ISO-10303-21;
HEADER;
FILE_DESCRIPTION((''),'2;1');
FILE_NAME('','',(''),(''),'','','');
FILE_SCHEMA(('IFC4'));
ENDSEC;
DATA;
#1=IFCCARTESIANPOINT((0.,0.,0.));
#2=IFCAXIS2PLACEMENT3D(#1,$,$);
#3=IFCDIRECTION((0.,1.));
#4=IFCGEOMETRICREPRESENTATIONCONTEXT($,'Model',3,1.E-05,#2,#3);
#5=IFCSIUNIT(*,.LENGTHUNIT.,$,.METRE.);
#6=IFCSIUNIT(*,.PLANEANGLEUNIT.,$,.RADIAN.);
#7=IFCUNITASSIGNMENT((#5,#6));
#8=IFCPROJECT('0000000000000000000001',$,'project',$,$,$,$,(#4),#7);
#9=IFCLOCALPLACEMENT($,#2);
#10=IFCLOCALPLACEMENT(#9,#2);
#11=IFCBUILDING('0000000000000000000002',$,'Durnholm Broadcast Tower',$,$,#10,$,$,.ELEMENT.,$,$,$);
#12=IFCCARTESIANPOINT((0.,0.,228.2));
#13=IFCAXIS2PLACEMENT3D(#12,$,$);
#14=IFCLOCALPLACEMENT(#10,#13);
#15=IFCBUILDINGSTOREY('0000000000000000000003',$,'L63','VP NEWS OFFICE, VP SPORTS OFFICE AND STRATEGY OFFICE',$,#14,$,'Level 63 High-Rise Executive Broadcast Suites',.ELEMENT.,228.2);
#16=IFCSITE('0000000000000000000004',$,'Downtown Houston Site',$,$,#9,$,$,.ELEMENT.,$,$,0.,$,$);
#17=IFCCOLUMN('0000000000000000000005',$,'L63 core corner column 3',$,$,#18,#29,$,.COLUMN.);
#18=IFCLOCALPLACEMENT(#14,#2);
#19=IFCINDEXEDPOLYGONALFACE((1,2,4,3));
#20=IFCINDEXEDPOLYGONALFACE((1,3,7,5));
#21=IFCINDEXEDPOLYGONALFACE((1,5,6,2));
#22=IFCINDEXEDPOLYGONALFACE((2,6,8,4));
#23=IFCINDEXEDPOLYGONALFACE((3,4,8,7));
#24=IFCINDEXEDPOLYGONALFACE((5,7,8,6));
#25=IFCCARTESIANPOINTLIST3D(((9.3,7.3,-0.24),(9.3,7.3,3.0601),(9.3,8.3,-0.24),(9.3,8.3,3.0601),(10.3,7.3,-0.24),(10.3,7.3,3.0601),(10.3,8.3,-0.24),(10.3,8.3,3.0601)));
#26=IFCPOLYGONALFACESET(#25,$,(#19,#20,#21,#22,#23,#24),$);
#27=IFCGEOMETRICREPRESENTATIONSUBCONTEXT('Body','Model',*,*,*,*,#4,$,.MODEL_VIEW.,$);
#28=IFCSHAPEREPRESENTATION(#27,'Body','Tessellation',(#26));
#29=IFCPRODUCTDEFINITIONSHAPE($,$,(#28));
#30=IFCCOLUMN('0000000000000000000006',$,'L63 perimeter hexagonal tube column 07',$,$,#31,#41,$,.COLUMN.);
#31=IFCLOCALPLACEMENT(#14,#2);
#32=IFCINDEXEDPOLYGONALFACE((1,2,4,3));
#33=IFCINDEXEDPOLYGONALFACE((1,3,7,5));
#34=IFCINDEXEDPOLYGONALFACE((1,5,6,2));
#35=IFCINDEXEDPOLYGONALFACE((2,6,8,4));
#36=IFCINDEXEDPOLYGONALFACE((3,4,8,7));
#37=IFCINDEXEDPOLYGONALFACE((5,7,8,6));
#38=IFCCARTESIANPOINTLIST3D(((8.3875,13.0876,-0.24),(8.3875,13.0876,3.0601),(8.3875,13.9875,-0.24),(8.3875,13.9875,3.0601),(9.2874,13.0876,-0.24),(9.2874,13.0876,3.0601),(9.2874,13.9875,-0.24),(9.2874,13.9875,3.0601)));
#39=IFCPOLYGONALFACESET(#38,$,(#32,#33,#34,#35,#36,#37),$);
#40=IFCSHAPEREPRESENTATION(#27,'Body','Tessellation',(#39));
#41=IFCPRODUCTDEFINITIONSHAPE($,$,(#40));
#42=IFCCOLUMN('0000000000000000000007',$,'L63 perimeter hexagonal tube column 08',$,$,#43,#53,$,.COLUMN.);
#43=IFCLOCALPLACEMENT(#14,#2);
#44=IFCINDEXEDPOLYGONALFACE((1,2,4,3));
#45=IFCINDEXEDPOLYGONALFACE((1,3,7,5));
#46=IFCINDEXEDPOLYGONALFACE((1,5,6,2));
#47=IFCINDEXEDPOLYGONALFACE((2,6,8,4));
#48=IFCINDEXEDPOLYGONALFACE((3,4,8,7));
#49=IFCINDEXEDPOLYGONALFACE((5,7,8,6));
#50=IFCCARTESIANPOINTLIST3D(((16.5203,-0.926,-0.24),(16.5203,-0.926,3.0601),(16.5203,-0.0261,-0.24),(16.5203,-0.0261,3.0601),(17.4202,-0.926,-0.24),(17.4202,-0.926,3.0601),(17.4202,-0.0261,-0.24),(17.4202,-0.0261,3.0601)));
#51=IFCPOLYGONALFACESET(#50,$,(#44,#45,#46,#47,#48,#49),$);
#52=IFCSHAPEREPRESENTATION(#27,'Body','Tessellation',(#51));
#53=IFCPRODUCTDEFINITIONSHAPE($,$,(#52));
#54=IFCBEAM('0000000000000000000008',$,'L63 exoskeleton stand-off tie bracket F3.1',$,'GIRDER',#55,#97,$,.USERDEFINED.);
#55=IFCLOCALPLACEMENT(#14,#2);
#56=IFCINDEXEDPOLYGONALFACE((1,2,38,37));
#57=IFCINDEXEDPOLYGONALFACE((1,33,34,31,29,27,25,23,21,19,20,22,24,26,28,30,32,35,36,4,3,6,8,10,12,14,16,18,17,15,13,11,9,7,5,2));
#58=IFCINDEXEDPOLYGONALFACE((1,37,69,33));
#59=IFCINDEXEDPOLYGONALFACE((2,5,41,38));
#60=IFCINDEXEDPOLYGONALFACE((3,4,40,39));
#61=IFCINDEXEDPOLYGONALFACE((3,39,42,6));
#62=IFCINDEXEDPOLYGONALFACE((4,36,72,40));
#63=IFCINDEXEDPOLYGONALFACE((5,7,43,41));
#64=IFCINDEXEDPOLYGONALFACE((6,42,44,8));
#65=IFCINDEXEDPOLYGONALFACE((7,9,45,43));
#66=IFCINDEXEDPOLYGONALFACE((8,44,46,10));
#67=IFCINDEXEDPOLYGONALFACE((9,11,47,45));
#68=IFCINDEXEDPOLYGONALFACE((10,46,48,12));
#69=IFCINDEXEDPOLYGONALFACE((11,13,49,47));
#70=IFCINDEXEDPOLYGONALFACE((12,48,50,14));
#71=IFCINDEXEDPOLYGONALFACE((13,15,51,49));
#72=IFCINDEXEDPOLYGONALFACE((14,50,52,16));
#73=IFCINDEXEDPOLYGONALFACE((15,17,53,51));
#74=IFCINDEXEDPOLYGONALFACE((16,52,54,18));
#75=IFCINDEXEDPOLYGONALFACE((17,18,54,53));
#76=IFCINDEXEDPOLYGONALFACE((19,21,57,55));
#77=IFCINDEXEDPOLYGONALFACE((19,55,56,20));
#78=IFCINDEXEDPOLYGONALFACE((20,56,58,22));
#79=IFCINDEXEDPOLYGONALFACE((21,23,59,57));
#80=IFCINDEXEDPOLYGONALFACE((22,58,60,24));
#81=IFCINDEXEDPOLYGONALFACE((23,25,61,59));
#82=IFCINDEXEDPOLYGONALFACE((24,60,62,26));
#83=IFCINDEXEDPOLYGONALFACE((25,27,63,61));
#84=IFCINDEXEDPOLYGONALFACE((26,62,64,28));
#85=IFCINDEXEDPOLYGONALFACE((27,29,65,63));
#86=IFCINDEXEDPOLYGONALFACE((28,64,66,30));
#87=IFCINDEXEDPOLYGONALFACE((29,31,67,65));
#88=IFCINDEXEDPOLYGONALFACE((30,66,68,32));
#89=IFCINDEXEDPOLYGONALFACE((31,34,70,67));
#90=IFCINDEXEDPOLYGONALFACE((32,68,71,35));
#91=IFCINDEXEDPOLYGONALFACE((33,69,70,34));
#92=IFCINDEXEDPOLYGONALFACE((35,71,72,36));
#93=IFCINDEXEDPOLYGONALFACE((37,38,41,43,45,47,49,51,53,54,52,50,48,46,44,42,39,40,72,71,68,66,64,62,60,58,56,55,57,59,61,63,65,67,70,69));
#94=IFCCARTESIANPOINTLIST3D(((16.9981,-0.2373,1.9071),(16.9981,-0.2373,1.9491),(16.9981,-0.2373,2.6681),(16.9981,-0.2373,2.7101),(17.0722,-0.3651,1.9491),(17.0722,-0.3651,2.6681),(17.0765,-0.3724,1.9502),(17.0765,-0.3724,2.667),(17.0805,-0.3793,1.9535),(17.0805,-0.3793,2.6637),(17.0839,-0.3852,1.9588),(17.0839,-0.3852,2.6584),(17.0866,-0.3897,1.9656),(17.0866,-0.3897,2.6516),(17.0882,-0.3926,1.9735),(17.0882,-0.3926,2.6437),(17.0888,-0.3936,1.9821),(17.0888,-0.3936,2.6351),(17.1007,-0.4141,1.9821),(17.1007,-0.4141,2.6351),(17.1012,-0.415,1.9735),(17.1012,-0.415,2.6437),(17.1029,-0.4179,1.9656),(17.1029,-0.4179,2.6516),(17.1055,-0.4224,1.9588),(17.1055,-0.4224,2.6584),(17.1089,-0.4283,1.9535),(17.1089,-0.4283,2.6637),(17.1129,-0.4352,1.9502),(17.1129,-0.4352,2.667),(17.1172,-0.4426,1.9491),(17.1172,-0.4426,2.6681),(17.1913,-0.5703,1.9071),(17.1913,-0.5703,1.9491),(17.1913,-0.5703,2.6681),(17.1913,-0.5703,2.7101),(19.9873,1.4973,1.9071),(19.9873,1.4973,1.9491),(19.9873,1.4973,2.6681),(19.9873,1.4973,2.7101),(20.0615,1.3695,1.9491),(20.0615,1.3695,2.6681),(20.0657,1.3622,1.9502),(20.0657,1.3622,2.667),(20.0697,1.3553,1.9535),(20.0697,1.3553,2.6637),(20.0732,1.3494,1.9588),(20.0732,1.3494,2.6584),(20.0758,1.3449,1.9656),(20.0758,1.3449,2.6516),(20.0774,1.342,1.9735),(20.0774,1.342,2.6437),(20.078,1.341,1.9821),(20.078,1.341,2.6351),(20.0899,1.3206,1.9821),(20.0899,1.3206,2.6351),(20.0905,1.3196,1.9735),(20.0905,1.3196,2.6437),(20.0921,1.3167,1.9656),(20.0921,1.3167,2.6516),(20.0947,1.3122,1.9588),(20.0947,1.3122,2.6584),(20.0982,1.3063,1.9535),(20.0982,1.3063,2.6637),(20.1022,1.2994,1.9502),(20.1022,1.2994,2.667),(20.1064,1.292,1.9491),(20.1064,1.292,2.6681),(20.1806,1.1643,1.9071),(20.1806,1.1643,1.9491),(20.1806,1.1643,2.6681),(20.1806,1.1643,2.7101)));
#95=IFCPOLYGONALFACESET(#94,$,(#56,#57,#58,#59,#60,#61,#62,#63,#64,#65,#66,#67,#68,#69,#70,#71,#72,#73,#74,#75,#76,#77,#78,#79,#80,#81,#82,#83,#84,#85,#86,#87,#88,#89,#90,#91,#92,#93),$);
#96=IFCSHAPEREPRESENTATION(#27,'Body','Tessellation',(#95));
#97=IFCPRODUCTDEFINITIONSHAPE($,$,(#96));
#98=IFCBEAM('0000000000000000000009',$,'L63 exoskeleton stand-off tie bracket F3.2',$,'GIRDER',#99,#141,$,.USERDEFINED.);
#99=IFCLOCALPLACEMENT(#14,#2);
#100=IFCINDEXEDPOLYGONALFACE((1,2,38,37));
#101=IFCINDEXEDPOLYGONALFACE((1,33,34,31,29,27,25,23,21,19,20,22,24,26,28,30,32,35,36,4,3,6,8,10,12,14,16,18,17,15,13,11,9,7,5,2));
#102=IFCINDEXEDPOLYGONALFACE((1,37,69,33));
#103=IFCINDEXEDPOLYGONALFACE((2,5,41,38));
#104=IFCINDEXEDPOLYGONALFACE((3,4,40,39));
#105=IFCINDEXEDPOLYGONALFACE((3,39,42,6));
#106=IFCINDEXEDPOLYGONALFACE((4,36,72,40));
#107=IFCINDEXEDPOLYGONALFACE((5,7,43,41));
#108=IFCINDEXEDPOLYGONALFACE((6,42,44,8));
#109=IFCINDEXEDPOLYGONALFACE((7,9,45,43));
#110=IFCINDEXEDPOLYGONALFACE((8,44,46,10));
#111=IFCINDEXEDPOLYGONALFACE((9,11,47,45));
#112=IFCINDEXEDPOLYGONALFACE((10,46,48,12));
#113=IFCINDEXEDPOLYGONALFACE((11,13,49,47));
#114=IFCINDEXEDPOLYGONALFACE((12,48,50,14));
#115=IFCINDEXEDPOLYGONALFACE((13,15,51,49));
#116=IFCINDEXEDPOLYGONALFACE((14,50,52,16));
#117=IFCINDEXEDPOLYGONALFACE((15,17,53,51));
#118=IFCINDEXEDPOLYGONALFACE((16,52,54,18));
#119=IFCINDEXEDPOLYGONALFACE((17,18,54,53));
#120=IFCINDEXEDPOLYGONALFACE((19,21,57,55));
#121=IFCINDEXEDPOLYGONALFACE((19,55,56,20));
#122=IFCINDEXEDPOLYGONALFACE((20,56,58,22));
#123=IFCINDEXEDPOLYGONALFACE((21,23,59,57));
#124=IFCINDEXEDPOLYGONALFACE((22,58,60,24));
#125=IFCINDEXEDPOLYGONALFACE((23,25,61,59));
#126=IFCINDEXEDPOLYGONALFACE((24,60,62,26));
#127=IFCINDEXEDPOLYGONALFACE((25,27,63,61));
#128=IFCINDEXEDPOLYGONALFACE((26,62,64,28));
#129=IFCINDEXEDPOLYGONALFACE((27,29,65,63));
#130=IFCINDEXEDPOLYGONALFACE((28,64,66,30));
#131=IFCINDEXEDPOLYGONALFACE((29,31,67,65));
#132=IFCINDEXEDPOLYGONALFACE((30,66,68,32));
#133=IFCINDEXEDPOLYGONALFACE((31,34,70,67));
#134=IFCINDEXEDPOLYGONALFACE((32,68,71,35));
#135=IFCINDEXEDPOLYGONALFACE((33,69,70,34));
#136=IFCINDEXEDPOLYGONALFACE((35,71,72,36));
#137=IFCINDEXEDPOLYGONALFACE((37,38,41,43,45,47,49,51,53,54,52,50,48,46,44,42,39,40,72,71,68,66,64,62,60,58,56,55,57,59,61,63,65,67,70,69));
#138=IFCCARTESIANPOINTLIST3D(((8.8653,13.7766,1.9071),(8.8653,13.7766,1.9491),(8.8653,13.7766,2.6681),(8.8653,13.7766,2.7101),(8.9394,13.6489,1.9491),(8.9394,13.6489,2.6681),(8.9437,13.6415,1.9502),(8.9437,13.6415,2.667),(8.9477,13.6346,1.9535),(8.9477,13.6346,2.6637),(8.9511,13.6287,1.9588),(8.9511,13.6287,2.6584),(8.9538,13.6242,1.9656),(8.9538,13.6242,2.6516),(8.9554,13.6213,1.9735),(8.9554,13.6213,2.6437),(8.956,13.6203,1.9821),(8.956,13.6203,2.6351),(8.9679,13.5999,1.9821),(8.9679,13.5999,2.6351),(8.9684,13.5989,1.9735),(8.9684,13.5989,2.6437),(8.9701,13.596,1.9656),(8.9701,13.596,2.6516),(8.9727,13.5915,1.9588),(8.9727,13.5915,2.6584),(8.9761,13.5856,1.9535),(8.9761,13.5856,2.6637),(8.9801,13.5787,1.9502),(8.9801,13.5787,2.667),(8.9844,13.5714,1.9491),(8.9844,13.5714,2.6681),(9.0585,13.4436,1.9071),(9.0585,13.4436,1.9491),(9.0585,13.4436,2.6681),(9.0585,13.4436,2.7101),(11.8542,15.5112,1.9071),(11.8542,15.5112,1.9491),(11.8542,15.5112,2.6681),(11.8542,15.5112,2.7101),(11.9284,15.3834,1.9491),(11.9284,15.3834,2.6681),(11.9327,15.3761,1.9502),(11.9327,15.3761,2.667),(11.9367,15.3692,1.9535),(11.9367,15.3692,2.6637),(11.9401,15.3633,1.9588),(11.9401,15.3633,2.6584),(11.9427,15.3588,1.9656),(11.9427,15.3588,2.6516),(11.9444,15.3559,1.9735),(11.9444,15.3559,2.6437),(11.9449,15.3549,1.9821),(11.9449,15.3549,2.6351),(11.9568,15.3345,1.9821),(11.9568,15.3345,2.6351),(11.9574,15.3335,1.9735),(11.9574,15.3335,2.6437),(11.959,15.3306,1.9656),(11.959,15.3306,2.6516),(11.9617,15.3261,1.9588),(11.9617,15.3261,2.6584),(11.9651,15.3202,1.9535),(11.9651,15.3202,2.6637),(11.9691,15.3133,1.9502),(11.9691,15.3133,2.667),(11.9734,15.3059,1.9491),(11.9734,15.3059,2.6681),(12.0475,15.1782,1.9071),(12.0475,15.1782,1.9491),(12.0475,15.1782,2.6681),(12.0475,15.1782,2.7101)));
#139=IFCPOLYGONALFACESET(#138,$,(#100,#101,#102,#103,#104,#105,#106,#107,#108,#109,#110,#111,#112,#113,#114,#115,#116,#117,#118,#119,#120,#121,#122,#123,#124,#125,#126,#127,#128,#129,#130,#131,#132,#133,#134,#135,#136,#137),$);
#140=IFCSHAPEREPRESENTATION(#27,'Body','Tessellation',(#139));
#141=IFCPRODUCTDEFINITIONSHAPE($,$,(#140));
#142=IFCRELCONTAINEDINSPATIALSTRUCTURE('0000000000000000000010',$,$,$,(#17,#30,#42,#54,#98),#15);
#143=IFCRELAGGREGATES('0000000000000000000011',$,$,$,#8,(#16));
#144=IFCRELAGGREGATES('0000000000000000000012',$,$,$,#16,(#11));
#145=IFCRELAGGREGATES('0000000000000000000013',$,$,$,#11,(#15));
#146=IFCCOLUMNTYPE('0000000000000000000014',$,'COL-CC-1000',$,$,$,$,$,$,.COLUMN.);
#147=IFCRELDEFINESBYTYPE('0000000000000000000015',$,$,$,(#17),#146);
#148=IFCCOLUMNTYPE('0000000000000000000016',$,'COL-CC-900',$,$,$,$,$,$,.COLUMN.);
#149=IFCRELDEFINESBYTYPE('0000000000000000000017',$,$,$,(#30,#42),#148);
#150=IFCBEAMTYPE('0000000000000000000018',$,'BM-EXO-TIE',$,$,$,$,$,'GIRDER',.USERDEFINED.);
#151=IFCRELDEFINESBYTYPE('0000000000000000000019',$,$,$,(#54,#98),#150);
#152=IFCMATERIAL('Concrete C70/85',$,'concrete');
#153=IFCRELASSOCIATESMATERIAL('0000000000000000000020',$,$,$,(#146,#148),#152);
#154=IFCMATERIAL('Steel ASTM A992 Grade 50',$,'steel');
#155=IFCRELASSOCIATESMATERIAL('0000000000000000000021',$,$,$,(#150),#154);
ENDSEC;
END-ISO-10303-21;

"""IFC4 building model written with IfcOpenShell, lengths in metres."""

from ifc_helpers import new_model, si_unit, direction, frame, origin, origin_2d, place, context, subcontext, project, spatial, rectangle, i_section, extrude, source, transform, mapped, material, material_profile, profile_set, type_object, type_shapes, element, save


model = new_model("IFC4")

# Units and contexts
model_context = context("Model", 3, precision=1e-05, world=origin(), true_north=direction((0.0, 1.0)))
body_context = subcontext(model_context, "Body", "Model", "MODEL_VIEW")
ifc_project = project(units=[si_unit("LENGTHUNIT", "METRE"), si_unit("PLANEANGLEUNIT", "RADIAN")], contexts=[model_context])

# Site, building, storey
site_placement = place(None, origin())
site = spatial("IfcSite", under=ifc_project, at=site_placement, Name="Downtown Houston Site", CompositionType="ELEMENT", RefElevation=0.0)
building_placement = place(site_placement, origin())
building = spatial("IfcBuilding", under=site, at=building_placement, Name="Durnholm Broadcast Tower", CompositionType="ELEMENT")
storey_placement = place(building_placement, frame((0.0, 0.0, 228.2)))
storey = spatial("IfcBuildingStorey", under=building, at=storey_placement, Name="L63", Description="VP NEWS OFFICE, VP SPORTS OFFICE AND STRATEGY OFFICE", LongName="Level 63 High-Rise Executive Broadcast Suites", CompositionType="ELEMENT", Elevation=228.2)

# Columns
ifc_material_1 = material(Name="Concrete C70/85", Category="concrete")
ifc_material_profile_1 = material_profile(ifc_material_1, rectangle(XDim=1.0, YDim=1.0, at=origin_2d()), Name="RC1000X1000")
ifc_profile_set_1 = profile_set([ifc_material_profile_1], Name="Concrete C70/85")
column_type_1 = type_object("IfcColumnType", Name="COL-CC-1000", PredefinedType="COLUMN", material=ifc_profile_set_1)
shared_shape_1 = source(origin(), body_context, "Body", "SweptSolid", [
    extrude(rectangle(XDim=1.0, YDim=1.0, at=origin_2d()), origin(), (0.0, 0.0, 1.0), 3.3),
])
type_shapes(column_type_1, [shared_shape_1])
column_placement = place(storey_placement, frame((9.8, 7.8, -0.24), z_axis=(0.0, 0.0, 1.0), x_axis=(1.0, 0.0, 0.0)))
element("IfcColumn", 1, at=column_placement, inside=storey, type_object=column_type_1, Name="L63 core corner column 3", PredefinedType="COLUMN", context=body_context, shape_type="MappedRepresentation", body=[
    mapped(shared_shape_1, transform((0.0, 0.0, 0.0), x_axis=(1.0, 0.0, 0.0), y_axis=(0.0, 1.0, 0.0), z_axis=(0.0, 0.0, 1.0), scale=1.0)),
])
ifc_material_profile_2 = material_profile(ifc_material_1, rectangle(XDim=0.8999, YDim=0.8999, at=origin_2d()), Name="RC900X900")
ifc_profile_set_2 = profile_set([ifc_material_profile_2], Name="Concrete C70/85")
column_type_2 = type_object("IfcColumnType", Name="COL-CC-900", PredefinedType="COLUMN", material=ifc_profile_set_2)
shared_shape_2 = source(origin(), body_context, "Body", "SweptSolid", [
    extrude(rectangle(XDim=0.8999, YDim=0.8999, at=origin_2d()), origin(), (0.0, 0.0, 1.0), 3.3),
])
type_shapes(column_type_2, [shared_shape_2])
for number, where, z_axis, x_axis, name in (
    (2, (8.8374, 13.5376, -0.24), (0.0, 0.0, 1.0), (1.0, 0.0, 0.0), "L63 perimeter hexagonal tube column 07"),
    (3, (16.9702, -0.4761, -0.24), (0.0, 0.0, 1.0), (1.0, 0.0, 0.0), "L63 perimeter hexagonal tube column 08"),
):
    element("IfcColumn", number, at=place(storey_placement, frame(where, z_axis=z_axis, x_axis=x_axis)), inside=storey, type_object=column_type_2, Name=name, PredefinedType="COLUMN", context=body_context, shape_type="MappedRepresentation", body=[
        mapped(shared_shape_2, transform((0.0, 0.0, 0.0), x_axis=(1.0, 0.0, 0.0), y_axis=(0.0, 1.0, 0.0), z_axis=(0.0, 0.0, 1.0), scale=1.0)),
    ])

# Beams
ifc_material_2 = material(Name="Steel ASTM A992 Grade 50", Category="steel")
ifc_material_profile_3 = material_profile(ifc_material_2, i_section(OverallWidth=0.385, OverallDepth=0.803, WebThickness=0.0237, FlangeThickness=0.042, FilletRadius=0.033, at=origin_2d()), Name="W30X261")
ifc_profile_set_3 = profile_set([ifc_material_profile_3], Name="Steel ASTM A992 Grade 50")
beam_type_1 = type_object("IfcBeamType", Name="BM-EXO-TIE", ElementType="GIRDER", PredefinedType="USERDEFINED", material=ifc_profile_set_3)
shared_shape_3 = source(origin(), body_context, "Body", "SweptSolid", [
    extrude(i_section(OverallWidth=0.385, OverallDepth=0.803, WebThickness=0.0237, FlangeThickness=0.042, FilletRadius=0.033, at=origin_2d()), origin(), (0.0, 0.0, 1.0), 3.4561),
])
beam_1_placement = place(storey_placement, frame((17.0947, -0.4038, 2.3086), z_axis=(0.864924, 0.501902, 0.0), x_axis=(-0.501902, 0.864924, 0.0)))
element("IfcBeam", 4, at=beam_1_placement, inside=storey, type_object=beam_type_1, Name="L63 exoskeleton stand-off tie bracket F3.1", ObjectType="GIRDER", PredefinedType="USERDEFINED", context=body_context, shape_type="MappedRepresentation", body=[
    mapped(shared_shape_3, transform((0.0, 0.0, 0.0), x_axis=(1.0, 0.0, 0.0), y_axis=(0.0, 1.0, 0.0), z_axis=(0.0, 0.0, 1.0), scale=1.0)),
])
shared_shape_4 = source(origin(), body_context, "Body", "SweptSolid", [
    extrude(i_section(OverallWidth=0.385, OverallDepth=0.803, WebThickness=0.0237, FlangeThickness=0.042, FilletRadius=0.033, at=origin_2d()), origin(), (0.0, 0.0, 1.0), 3.4558),
])
beam_2_placement = place(storey_placement, frame((8.9619, 13.6101, 2.3086), z_axis=(0.864907, 0.501933, 0.0), x_axis=(-0.501933, 0.864907, 0.0)))
element("IfcBeam", 5, at=beam_2_placement, inside=storey, type_object=beam_type_1, Name="L63 exoskeleton stand-off tie bracket F3.2", ObjectType="GIRDER", PredefinedType="USERDEFINED", context=body_context, shape_type="MappedRepresentation", body=[
    mapped(shared_shape_4, transform((0.0, 0.0, 0.0), x_axis=(1.0, 0.0, 0.0), y_axis=(0.0, 1.0, 0.0), z_axis=(0.0, 0.0, 1.0), scale=1.0)),
])

save(model, "model.ifc")
